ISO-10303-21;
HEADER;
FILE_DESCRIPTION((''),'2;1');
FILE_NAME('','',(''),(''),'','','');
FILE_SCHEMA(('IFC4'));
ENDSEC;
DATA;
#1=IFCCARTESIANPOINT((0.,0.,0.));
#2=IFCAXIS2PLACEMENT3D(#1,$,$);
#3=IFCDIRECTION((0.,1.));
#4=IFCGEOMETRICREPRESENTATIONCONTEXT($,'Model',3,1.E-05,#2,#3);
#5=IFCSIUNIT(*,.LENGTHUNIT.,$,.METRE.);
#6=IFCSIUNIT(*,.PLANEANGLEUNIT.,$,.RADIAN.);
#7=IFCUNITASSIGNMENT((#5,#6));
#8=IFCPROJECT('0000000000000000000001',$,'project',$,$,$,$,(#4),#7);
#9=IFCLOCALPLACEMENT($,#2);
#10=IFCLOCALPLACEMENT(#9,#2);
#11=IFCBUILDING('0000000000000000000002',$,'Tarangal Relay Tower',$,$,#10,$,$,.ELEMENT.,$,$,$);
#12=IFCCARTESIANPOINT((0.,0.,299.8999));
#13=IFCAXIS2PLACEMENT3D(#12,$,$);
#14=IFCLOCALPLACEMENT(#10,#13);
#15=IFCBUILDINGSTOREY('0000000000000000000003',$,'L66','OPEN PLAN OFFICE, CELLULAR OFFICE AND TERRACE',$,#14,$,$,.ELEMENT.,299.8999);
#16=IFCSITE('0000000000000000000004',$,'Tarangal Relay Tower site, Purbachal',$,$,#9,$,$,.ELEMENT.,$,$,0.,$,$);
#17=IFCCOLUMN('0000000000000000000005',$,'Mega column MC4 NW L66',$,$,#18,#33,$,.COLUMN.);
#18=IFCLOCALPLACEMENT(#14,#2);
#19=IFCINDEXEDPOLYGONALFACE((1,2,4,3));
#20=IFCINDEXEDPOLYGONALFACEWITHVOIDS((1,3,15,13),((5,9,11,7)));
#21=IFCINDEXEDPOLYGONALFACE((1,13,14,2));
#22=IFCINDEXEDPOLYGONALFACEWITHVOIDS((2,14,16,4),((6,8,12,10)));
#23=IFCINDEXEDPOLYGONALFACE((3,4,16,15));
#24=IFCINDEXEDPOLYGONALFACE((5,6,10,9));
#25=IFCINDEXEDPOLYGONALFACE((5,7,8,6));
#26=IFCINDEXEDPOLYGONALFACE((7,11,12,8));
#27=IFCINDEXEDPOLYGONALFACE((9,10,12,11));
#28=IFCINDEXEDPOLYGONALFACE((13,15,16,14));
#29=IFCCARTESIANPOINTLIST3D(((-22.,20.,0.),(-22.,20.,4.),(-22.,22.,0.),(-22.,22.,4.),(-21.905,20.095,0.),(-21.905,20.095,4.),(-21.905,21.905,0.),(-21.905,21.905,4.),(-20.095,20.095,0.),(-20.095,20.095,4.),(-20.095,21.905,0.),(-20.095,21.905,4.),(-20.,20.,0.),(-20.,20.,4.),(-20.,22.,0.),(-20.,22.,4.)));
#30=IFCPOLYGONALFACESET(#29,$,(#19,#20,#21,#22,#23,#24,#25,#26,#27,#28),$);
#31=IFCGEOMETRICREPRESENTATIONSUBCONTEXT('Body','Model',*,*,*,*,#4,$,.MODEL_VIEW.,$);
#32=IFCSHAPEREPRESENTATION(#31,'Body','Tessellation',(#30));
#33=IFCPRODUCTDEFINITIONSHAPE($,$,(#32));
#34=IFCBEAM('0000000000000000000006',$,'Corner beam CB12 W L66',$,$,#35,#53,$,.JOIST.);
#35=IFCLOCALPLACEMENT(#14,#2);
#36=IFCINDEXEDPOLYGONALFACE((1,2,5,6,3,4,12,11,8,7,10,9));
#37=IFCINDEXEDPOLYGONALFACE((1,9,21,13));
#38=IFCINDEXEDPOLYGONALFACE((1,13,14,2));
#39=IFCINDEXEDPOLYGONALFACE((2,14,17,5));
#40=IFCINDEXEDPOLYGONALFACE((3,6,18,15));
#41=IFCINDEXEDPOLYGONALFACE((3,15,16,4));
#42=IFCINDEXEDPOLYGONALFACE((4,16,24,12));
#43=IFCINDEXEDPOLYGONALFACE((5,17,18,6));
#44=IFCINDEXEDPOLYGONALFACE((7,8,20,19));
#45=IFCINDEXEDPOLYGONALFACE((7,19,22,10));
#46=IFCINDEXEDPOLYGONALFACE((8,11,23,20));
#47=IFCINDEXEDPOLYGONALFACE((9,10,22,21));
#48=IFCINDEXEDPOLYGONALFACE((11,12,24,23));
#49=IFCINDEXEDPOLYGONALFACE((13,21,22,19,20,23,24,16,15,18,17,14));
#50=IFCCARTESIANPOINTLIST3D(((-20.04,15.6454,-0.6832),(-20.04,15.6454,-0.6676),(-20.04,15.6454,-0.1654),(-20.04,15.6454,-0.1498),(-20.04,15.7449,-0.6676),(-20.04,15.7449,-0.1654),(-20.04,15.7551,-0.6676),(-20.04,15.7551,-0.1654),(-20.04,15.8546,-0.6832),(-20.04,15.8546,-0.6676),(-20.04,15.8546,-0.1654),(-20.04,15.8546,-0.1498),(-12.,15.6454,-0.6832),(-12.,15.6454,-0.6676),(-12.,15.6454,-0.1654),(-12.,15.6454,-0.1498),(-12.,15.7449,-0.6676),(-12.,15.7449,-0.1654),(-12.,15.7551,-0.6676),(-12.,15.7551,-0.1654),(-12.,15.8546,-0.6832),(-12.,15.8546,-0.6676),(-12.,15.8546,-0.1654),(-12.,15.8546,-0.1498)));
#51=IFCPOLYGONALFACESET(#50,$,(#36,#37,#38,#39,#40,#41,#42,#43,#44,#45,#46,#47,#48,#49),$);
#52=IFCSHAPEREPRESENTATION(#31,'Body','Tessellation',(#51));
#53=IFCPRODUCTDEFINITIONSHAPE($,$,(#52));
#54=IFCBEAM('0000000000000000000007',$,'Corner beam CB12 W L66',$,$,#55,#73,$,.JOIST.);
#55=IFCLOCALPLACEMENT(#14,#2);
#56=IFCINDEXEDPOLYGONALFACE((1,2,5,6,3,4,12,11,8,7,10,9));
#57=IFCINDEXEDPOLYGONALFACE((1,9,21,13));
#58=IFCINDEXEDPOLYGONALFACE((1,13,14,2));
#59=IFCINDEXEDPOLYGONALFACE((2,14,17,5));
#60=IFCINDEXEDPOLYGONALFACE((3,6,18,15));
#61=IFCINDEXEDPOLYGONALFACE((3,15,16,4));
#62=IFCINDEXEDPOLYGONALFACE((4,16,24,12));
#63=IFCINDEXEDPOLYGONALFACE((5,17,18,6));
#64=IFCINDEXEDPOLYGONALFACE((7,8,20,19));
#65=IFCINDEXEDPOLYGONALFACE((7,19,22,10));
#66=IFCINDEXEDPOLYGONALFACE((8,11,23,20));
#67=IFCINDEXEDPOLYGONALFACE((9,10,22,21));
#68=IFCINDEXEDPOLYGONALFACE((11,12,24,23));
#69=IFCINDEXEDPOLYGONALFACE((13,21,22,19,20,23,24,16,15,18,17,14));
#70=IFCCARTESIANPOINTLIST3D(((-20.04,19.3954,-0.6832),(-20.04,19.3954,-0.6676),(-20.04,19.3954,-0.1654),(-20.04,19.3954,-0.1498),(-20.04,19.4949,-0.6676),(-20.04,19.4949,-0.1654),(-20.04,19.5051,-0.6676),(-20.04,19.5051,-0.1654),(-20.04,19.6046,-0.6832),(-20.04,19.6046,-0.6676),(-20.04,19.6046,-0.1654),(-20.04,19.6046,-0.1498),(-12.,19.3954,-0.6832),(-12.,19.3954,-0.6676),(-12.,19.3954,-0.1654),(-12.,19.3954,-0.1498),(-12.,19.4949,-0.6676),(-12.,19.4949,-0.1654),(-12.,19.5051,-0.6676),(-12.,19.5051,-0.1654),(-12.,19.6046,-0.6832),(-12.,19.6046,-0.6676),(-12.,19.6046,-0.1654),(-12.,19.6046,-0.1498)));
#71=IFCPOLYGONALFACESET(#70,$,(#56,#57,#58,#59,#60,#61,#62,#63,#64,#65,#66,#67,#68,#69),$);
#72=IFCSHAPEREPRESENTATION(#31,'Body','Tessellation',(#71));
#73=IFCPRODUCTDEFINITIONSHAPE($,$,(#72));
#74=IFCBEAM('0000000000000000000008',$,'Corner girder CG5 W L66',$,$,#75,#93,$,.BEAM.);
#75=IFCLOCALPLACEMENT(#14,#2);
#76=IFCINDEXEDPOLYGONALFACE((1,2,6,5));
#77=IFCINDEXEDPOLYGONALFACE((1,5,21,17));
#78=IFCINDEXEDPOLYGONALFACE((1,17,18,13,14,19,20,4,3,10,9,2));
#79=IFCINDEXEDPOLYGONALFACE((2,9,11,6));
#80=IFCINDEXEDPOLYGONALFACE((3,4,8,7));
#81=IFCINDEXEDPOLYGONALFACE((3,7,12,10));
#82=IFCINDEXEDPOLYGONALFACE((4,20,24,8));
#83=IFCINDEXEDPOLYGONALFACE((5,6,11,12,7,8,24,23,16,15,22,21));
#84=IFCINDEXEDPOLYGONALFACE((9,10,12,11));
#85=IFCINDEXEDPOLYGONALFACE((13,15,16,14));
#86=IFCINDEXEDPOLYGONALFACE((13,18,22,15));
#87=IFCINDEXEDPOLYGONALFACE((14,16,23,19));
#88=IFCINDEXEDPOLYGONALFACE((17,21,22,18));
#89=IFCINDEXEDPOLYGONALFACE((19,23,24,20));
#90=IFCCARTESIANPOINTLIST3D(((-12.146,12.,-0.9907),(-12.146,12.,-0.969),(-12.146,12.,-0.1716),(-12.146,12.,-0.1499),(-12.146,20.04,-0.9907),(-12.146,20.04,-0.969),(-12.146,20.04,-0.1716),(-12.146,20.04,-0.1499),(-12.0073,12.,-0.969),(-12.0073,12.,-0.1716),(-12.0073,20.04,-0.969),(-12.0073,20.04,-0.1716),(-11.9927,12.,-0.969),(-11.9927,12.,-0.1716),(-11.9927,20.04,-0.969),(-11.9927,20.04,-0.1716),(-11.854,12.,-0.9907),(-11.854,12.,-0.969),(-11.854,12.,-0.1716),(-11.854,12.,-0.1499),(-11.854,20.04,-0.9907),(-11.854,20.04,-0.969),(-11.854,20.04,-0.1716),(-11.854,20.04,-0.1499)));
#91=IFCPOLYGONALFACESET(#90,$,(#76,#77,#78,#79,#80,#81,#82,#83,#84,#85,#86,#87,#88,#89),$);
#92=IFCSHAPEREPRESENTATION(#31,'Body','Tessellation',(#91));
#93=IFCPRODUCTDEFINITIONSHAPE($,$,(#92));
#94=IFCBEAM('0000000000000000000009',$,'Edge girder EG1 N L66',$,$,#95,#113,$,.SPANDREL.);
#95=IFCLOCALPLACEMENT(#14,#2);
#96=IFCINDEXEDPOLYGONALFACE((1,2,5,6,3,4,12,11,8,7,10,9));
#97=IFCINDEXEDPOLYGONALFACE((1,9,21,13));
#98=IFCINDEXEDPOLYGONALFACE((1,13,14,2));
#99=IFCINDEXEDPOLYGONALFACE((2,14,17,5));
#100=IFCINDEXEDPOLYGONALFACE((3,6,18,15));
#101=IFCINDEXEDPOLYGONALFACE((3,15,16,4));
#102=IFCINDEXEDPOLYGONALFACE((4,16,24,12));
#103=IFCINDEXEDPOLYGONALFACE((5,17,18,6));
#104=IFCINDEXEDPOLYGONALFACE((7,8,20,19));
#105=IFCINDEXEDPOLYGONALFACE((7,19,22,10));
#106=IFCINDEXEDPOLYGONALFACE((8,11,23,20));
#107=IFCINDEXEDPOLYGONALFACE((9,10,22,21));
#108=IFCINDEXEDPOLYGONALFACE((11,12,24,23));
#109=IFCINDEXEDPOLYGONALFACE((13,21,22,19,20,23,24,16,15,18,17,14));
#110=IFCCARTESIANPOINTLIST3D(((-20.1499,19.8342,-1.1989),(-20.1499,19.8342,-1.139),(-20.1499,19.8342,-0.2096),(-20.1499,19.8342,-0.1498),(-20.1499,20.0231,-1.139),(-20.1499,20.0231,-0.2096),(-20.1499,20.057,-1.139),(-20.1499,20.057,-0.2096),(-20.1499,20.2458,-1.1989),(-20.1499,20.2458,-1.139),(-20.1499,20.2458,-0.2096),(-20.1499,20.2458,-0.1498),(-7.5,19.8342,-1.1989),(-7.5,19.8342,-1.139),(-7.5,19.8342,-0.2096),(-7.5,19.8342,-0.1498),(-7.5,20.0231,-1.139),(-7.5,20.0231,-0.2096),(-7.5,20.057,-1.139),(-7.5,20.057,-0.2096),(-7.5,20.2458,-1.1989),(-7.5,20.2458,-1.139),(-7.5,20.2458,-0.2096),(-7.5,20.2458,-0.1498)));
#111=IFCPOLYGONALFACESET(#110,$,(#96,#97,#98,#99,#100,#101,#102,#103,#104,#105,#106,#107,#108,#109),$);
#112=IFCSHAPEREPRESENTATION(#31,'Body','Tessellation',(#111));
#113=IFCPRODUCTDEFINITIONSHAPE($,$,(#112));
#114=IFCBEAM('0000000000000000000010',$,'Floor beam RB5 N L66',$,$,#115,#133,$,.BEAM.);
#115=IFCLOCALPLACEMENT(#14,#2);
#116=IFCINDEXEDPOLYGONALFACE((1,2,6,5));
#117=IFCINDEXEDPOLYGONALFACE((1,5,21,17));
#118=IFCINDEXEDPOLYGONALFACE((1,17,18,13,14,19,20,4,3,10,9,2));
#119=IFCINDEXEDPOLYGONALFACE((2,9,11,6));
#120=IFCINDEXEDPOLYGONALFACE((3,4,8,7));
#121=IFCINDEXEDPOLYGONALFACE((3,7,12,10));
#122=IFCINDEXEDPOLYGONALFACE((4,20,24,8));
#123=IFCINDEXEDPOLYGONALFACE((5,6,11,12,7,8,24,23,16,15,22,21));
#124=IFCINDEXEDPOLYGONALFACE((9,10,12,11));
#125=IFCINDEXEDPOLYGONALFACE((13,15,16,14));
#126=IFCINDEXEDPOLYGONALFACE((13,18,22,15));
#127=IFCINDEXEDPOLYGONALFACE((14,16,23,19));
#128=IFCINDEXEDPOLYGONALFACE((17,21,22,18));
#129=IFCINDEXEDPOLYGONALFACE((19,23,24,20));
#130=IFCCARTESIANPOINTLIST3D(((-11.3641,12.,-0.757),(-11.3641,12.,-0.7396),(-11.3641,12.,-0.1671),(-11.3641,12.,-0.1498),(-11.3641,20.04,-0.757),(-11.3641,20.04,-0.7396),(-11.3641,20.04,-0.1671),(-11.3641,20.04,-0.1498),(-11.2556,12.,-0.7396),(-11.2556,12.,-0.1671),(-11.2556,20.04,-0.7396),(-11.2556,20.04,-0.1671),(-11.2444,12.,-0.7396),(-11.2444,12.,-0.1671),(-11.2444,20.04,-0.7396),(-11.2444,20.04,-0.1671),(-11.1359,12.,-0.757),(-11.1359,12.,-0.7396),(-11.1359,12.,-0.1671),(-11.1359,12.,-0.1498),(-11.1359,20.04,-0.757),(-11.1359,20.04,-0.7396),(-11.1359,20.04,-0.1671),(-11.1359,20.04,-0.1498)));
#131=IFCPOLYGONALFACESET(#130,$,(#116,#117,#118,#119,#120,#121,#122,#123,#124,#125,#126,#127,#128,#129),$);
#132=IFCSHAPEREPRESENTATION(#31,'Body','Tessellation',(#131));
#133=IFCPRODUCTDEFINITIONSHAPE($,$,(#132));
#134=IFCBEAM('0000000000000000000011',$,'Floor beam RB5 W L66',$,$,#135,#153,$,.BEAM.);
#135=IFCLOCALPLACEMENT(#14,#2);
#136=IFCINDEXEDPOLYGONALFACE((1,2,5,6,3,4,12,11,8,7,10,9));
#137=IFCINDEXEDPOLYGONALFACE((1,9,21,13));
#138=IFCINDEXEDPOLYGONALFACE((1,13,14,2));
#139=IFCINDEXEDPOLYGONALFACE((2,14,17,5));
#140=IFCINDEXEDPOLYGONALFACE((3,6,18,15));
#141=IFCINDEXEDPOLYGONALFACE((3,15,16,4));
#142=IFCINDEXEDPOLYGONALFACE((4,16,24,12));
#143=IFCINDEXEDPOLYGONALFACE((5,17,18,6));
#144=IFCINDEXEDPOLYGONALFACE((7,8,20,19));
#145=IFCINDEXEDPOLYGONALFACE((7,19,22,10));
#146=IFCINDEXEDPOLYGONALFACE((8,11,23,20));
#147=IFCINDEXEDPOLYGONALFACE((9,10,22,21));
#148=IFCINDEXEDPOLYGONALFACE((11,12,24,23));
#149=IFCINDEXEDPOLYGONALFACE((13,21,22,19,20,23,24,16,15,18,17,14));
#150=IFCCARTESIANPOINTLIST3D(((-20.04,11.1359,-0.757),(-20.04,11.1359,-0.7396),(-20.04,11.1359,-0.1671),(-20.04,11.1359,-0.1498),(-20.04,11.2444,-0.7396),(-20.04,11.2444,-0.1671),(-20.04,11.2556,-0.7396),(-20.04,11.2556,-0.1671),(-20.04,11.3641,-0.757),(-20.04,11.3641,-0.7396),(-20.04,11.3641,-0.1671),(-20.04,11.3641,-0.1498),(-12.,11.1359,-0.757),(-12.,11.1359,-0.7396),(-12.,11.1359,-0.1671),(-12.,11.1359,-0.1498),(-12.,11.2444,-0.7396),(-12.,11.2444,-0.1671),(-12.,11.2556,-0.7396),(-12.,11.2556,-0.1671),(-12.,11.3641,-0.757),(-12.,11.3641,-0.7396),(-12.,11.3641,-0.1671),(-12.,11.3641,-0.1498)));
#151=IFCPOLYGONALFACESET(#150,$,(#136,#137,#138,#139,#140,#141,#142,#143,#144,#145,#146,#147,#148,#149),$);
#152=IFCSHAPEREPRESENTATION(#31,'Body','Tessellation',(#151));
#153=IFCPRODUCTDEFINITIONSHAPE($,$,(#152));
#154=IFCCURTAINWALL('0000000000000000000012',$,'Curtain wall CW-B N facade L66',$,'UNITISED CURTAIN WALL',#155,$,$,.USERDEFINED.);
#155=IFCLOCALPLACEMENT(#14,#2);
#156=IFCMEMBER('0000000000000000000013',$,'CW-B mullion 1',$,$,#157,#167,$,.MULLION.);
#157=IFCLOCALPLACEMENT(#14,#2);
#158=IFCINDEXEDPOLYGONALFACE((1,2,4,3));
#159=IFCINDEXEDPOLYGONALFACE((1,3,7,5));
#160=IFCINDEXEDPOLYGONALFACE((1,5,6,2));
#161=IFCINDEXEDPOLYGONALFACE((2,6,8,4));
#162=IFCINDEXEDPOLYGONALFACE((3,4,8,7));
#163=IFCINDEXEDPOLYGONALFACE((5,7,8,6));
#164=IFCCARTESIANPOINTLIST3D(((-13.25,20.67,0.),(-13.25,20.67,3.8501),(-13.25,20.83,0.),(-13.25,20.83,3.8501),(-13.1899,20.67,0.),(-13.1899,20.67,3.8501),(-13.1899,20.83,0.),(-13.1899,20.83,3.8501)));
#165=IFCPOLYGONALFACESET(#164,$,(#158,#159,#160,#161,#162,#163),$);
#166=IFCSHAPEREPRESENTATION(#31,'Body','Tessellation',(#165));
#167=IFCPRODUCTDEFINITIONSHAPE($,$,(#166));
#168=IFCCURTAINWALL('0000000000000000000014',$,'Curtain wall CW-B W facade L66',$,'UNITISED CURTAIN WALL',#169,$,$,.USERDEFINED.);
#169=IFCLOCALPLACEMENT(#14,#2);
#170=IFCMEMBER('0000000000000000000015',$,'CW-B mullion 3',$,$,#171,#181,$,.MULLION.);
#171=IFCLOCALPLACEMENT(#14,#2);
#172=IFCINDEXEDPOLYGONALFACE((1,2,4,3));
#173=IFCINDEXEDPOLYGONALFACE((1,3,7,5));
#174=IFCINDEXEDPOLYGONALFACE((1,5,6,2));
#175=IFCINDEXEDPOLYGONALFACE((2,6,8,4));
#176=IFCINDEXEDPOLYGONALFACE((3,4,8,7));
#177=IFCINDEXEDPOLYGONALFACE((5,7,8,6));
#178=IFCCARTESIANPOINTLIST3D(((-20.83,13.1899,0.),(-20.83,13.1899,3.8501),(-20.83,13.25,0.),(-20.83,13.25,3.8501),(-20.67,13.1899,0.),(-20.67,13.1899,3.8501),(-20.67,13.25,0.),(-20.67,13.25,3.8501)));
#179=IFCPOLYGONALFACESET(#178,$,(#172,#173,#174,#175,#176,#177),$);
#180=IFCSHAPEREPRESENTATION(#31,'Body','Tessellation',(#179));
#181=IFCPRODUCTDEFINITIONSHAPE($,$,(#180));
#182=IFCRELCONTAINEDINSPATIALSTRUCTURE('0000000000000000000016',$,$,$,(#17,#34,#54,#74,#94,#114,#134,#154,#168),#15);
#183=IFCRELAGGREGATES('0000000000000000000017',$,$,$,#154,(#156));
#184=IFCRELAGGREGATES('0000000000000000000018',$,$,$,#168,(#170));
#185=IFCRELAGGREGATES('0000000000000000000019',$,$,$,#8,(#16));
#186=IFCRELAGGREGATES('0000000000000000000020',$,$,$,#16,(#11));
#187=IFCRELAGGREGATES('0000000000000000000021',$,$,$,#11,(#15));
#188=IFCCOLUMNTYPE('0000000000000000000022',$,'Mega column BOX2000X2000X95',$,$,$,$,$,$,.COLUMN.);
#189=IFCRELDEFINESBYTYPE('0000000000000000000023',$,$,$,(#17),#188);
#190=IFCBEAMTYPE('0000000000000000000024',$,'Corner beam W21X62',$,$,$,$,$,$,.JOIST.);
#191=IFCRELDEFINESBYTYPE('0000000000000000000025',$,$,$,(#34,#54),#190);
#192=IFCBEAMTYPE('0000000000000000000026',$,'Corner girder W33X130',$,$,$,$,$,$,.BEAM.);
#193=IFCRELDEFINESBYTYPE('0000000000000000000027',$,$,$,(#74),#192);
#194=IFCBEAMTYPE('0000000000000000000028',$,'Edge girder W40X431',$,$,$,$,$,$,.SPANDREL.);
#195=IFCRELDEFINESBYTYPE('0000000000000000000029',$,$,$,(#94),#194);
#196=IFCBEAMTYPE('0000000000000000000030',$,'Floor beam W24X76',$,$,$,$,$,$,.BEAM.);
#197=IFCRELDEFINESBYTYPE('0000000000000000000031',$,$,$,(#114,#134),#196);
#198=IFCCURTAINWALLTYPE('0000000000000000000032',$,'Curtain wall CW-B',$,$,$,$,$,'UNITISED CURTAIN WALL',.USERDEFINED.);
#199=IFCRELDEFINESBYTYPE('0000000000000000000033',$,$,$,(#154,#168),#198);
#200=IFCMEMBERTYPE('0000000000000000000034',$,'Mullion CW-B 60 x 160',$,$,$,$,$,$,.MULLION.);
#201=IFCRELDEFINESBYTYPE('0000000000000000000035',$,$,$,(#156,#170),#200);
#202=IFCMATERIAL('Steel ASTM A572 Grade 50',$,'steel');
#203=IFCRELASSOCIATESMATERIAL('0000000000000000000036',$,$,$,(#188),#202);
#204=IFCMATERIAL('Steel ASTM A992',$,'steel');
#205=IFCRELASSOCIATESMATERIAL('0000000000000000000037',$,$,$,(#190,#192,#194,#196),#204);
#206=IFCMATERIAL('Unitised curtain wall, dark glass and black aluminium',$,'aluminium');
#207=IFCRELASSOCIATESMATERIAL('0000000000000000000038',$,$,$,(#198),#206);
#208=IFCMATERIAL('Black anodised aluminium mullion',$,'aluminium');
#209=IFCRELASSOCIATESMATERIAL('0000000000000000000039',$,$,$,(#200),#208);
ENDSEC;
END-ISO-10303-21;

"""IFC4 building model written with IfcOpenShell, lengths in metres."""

from ifc_helpers import new_model, si_unit, direction, frame, origin, origin_2d, place, context, subcontext, project, spatial, rectangle, hollow_rectangle, i_section, extrude, material, material_profile, profile_set, type_object, element, aggregate, save


model = new_model("IFC4")

# Units and contexts
model_context = context("Model", 3, precision=1e-05, world=origin(), true_north=direction((0.0, 1.0)))
body_context = subcontext(model_context, "Body", "Model", "MODEL_VIEW")
ifc_project = project(units=[si_unit("LENGTHUNIT", "METRE"), si_unit("PLANEANGLEUNIT", "RADIAN")], contexts=[model_context])

# Site, building, storey
site_placement = place(None, origin())
site = spatial("IfcSite", under=ifc_project, at=site_placement, Name="Tarangal Relay Tower site, Purbachal", CompositionType="ELEMENT", RefElevation=0.0)
building_placement = place(site_placement, origin())
building = spatial("IfcBuilding", under=site, at=building_placement, Name="Tarangal Relay Tower", CompositionType="ELEMENT")
storey_placement = place(building_placement, frame((0.0, 0.0, 299.8999)))
storey = spatial("IfcBuildingStorey", under=building, at=storey_placement, Name="L66", Description="OPEN PLAN OFFICE, CELLULAR OFFICE AND TERRACE", CompositionType="ELEMENT", Elevation=299.8999)

# Column
ifc_material_1 = material(Name="Steel ASTM A572 Grade 50", Category="steel")
ifc_material_profile_1 = material_profile(ifc_material_1, hollow_rectangle(XDim=2.0, YDim=2.0, WallThickness=0.095, at=origin_2d()), Name="BOX2000X2000X95")
ifc_profile_set_1 = profile_set([ifc_material_profile_1], Name="Steel ASTM A572 Grade 50")
column_type = type_object("IfcColumnType", Name="Mega column BOX2000X2000X95", PredefinedType="COLUMN", material=ifc_profile_set_1)
column_placement = place(storey_placement, frame((-21.0, 21.0, 0.0), z_axis=(0.0, 0.0, 1.0), x_axis=(1.0, 0.0, 0.0)))
element("IfcColumn", 1, at=column_placement, inside=storey, type_object=column_type, Name="Mega column MC4 NW L66", PredefinedType="COLUMN", context=body_context, shape_type="SweptSolid", body=[
    extrude(hollow_rectangle(XDim=2.0, YDim=2.0, WallThickness=0.095, at=origin_2d()), origin(), (0.0, 0.0, 1.0), 4.0),
])

# Beams
ifc_material_2 = material(Name="Steel ASTM A992", Category="steel")
ifc_material_profile_2 = material_profile(ifc_material_2, i_section(OverallWidth=0.2092, OverallDepth=0.5334, WebThickness=0.0103, FlangeThickness=0.0156, at=origin_2d()), Name="W21X62")
ifc_profile_set_2 = profile_set([ifc_material_profile_2], Name="Steel ASTM A992")
beam_type_1 = type_object("IfcBeamType", Name="Corner beam W21X62", PredefinedType="JOIST", material=ifc_profile_set_2)
for number, where, z_axis, x_axis, name in (
    (2, (-12.0, 15.75, -0.4165), (-1.0, 0.0, 0.0), (0.0, -1.0, 0.0), "Corner beam CB12 W L66"),
    (3, (-12.0, 19.5, -0.4165), (-1.0, 0.0, 0.0), (0.0, -1.0, 0.0), "Corner beam CB12 W L66"),
):
    element("IfcBeam", number, at=place(storey_placement, frame(where, z_axis=z_axis, x_axis=x_axis)), inside=storey, type_object=beam_type_1, Name=name, PredefinedType="JOIST", context=body_context, shape_type="SweptSolid", body=[
        extrude(i_section(OverallWidth=0.2092, OverallDepth=0.5334, WebThickness=0.0103, FlangeThickness=0.0156, at=origin_2d()), origin(), (0.0, 0.0, 1.0), 8.04),
    ])
ifc_material_profile_3 = material_profile(ifc_material_2, i_section(OverallWidth=0.292, OverallDepth=0.8408, WebThickness=0.0146, FlangeThickness=0.0217, at=origin_2d()), Name="W33X130")
ifc_profile_set_3 = profile_set([ifc_material_profile_3], Name="Steel ASTM A992")
beam_type_2 = type_object("IfcBeamType", Name="Corner girder W33X130", PredefinedType="BEAM", material=ifc_profile_set_3)
beam_1_placement = place(storey_placement, frame((-12.0, 12.0, -0.5703), z_axis=(0.0, 1.0, 0.0), x_axis=(-1.0, 0.0, 0.0)))
element("IfcBeam", 4, at=beam_1_placement, inside=storey, type_object=beam_type_2, Name="Corner girder CG5 W L66", PredefinedType="BEAM", context=body_context, shape_type="SweptSolid", body=[
    extrude(i_section(OverallWidth=0.292, OverallDepth=0.8408, WebThickness=0.0146, FlangeThickness=0.0217, at=origin_2d()), origin(), (0.0, 0.0, 1.0), 8.04),
])
ifc_material_profile_4 = material_profile(ifc_material_2, i_section(OverallWidth=0.4116, OverallDepth=1.0491, WebThickness=0.0339, FlangeThickness=0.0598, at=origin_2d()), Name="W40X431")
ifc_profile_set_4 = profile_set([ifc_material_profile_4], Name="Steel ASTM A992")
beam_type_3 = type_object("IfcBeamType", Name="Edge girder W40X431", PredefinedType="SPANDREL", material=ifc_profile_set_4)
beam_2_placement = place(storey_placement, frame((-20.1499, 20.04, -0.6743), z_axis=(1.0, 0.0, 0.0), x_axis=(0.0, 1.0, 0.0)))
element("IfcBeam", 5, at=beam_2_placement, inside=storey, type_object=beam_type_3, Name="Edge girder EG1 N L66", PredefinedType="SPANDREL", context=body_context, shape_type="SweptSolid", body=[
    extrude(i_section(OverallWidth=0.4116, OverallDepth=1.0491, WebThickness=0.0339, FlangeThickness=0.0598, at=origin_2d()), origin(), (0.0, 0.0, 1.0), 12.6499),
])
ifc_material_profile_5 = material_profile(ifc_material_2, i_section(OverallWidth=0.2283, OverallDepth=0.6072, WebThickness=0.0112, FlangeThickness=0.0173, at=origin_2d()), Name="W24X76")
ifc_profile_set_5 = profile_set([ifc_material_profile_5], Name="Steel ASTM A992")
beam_type_4 = type_object("IfcBeamType", Name="Floor beam W24X76", PredefinedType="BEAM", material=ifc_profile_set_5)
for number, where, z_axis, x_axis, name in (
    (6, (-11.25, 12.0, -0.4534), (0.0, 1.0, 0.0), (-1.0, 0.0, 0.0), "Floor beam RB5 N L66"),
    (7, (-12.0, 11.25, -0.4534), (-1.0, 0.0, 0.0), (0.0, -1.0, 0.0), "Floor beam RB5 W L66"),
):
    element("IfcBeam", number, at=place(storey_placement, frame(where, z_axis=z_axis, x_axis=x_axis)), inside=storey, type_object=beam_type_4, Name=name, PredefinedType="BEAM", context=body_context, shape_type="SweptSolid", body=[
        extrude(i_section(OverallWidth=0.2283, OverallDepth=0.6072, WebThickness=0.0112, FlangeThickness=0.0173, at=origin_2d()), origin(), (0.0, 0.0, 1.0), 8.04),
    ])

# Curtain walls, members
ifc_material_3 = material(Name="Unitised curtain wall, dark glass and black aluminium", Category="aluminium")
curtain_wall_type = type_object("IfcCurtainWallType", Name="Curtain wall CW-B", ElementType="UNITISED CURTAIN WALL", PredefinedType="USERDEFINED", material=ifc_material_3)
curtain_wall_1_placement = place(storey_placement, origin())
curtain_wall_1 = element("IfcCurtainWall", 8, at=curtain_wall_1_placement, inside=storey, type_object=curtain_wall_type, Name="Curtain wall CW-B N facade L66", ObjectType="UNITISED CURTAIN WALL", PredefinedType="USERDEFINED")
ifc_material_4 = material(Name="Black anodised aluminium mullion", Category="aluminium")
ifc_material_profile_6 = material_profile(ifc_material_4, rectangle(XDim=0.1599, YDim=0.0601, at=origin_2d()), Name="CW-BM 60X160")
ifc_profile_set_6 = profile_set([ifc_material_profile_6], Name="Black anodised aluminium mullion")
member_type_1 = type_object("IfcMemberType", Name="Mullion CW-B 60 x 160", PredefinedType="MULLION", material=ifc_profile_set_6)
member_1_placement = place(storey_placement, frame((-13.22, 20.75, 0.0), z_axis=(0.0, 0.0, 1.0), x_axis=(0.0, 1.0, 0.0)))
member_1 = element("IfcMember", 9, at=member_1_placement, type_object=member_type_1, Name="CW-B mullion 1", PredefinedType="MULLION", context=body_context, shape_type="SweptSolid", body=[
    extrude(rectangle(XDim=0.1599, YDim=0.0601, at=origin_2d()), origin(), (0.0, 0.0, 1.0), 3.8501),
])
curtain_wall_2_placement = place(storey_placement, origin())
curtain_wall_2 = element("IfcCurtainWall", 10, at=curtain_wall_2_placement, inside=storey, type_object=curtain_wall_type, Name="Curtain wall CW-B W facade L66", ObjectType="UNITISED CURTAIN WALL", PredefinedType="USERDEFINED")
member_2_placement = place(storey_placement, frame((-20.75, 13.22, 0.0), z_axis=(0.0, 0.0, 1.0), x_axis=(-1.0, 0.0, 0.0)))
member_2 = element("IfcMember", 11, at=member_2_placement, type_object=member_type_1, Name="CW-B mullion 3", PredefinedType="MULLION", context=body_context, shape_type="SweptSolid", body=[
    extrude(rectangle(XDim=0.1599, YDim=0.0601, at=origin_2d()), origin(), (0.0, 0.0, 1.0), 3.8501),
])

aggregate(curtain_wall_1, [member_1])
aggregate(curtain_wall_2, [member_2])

save(model, "model.ifc")
